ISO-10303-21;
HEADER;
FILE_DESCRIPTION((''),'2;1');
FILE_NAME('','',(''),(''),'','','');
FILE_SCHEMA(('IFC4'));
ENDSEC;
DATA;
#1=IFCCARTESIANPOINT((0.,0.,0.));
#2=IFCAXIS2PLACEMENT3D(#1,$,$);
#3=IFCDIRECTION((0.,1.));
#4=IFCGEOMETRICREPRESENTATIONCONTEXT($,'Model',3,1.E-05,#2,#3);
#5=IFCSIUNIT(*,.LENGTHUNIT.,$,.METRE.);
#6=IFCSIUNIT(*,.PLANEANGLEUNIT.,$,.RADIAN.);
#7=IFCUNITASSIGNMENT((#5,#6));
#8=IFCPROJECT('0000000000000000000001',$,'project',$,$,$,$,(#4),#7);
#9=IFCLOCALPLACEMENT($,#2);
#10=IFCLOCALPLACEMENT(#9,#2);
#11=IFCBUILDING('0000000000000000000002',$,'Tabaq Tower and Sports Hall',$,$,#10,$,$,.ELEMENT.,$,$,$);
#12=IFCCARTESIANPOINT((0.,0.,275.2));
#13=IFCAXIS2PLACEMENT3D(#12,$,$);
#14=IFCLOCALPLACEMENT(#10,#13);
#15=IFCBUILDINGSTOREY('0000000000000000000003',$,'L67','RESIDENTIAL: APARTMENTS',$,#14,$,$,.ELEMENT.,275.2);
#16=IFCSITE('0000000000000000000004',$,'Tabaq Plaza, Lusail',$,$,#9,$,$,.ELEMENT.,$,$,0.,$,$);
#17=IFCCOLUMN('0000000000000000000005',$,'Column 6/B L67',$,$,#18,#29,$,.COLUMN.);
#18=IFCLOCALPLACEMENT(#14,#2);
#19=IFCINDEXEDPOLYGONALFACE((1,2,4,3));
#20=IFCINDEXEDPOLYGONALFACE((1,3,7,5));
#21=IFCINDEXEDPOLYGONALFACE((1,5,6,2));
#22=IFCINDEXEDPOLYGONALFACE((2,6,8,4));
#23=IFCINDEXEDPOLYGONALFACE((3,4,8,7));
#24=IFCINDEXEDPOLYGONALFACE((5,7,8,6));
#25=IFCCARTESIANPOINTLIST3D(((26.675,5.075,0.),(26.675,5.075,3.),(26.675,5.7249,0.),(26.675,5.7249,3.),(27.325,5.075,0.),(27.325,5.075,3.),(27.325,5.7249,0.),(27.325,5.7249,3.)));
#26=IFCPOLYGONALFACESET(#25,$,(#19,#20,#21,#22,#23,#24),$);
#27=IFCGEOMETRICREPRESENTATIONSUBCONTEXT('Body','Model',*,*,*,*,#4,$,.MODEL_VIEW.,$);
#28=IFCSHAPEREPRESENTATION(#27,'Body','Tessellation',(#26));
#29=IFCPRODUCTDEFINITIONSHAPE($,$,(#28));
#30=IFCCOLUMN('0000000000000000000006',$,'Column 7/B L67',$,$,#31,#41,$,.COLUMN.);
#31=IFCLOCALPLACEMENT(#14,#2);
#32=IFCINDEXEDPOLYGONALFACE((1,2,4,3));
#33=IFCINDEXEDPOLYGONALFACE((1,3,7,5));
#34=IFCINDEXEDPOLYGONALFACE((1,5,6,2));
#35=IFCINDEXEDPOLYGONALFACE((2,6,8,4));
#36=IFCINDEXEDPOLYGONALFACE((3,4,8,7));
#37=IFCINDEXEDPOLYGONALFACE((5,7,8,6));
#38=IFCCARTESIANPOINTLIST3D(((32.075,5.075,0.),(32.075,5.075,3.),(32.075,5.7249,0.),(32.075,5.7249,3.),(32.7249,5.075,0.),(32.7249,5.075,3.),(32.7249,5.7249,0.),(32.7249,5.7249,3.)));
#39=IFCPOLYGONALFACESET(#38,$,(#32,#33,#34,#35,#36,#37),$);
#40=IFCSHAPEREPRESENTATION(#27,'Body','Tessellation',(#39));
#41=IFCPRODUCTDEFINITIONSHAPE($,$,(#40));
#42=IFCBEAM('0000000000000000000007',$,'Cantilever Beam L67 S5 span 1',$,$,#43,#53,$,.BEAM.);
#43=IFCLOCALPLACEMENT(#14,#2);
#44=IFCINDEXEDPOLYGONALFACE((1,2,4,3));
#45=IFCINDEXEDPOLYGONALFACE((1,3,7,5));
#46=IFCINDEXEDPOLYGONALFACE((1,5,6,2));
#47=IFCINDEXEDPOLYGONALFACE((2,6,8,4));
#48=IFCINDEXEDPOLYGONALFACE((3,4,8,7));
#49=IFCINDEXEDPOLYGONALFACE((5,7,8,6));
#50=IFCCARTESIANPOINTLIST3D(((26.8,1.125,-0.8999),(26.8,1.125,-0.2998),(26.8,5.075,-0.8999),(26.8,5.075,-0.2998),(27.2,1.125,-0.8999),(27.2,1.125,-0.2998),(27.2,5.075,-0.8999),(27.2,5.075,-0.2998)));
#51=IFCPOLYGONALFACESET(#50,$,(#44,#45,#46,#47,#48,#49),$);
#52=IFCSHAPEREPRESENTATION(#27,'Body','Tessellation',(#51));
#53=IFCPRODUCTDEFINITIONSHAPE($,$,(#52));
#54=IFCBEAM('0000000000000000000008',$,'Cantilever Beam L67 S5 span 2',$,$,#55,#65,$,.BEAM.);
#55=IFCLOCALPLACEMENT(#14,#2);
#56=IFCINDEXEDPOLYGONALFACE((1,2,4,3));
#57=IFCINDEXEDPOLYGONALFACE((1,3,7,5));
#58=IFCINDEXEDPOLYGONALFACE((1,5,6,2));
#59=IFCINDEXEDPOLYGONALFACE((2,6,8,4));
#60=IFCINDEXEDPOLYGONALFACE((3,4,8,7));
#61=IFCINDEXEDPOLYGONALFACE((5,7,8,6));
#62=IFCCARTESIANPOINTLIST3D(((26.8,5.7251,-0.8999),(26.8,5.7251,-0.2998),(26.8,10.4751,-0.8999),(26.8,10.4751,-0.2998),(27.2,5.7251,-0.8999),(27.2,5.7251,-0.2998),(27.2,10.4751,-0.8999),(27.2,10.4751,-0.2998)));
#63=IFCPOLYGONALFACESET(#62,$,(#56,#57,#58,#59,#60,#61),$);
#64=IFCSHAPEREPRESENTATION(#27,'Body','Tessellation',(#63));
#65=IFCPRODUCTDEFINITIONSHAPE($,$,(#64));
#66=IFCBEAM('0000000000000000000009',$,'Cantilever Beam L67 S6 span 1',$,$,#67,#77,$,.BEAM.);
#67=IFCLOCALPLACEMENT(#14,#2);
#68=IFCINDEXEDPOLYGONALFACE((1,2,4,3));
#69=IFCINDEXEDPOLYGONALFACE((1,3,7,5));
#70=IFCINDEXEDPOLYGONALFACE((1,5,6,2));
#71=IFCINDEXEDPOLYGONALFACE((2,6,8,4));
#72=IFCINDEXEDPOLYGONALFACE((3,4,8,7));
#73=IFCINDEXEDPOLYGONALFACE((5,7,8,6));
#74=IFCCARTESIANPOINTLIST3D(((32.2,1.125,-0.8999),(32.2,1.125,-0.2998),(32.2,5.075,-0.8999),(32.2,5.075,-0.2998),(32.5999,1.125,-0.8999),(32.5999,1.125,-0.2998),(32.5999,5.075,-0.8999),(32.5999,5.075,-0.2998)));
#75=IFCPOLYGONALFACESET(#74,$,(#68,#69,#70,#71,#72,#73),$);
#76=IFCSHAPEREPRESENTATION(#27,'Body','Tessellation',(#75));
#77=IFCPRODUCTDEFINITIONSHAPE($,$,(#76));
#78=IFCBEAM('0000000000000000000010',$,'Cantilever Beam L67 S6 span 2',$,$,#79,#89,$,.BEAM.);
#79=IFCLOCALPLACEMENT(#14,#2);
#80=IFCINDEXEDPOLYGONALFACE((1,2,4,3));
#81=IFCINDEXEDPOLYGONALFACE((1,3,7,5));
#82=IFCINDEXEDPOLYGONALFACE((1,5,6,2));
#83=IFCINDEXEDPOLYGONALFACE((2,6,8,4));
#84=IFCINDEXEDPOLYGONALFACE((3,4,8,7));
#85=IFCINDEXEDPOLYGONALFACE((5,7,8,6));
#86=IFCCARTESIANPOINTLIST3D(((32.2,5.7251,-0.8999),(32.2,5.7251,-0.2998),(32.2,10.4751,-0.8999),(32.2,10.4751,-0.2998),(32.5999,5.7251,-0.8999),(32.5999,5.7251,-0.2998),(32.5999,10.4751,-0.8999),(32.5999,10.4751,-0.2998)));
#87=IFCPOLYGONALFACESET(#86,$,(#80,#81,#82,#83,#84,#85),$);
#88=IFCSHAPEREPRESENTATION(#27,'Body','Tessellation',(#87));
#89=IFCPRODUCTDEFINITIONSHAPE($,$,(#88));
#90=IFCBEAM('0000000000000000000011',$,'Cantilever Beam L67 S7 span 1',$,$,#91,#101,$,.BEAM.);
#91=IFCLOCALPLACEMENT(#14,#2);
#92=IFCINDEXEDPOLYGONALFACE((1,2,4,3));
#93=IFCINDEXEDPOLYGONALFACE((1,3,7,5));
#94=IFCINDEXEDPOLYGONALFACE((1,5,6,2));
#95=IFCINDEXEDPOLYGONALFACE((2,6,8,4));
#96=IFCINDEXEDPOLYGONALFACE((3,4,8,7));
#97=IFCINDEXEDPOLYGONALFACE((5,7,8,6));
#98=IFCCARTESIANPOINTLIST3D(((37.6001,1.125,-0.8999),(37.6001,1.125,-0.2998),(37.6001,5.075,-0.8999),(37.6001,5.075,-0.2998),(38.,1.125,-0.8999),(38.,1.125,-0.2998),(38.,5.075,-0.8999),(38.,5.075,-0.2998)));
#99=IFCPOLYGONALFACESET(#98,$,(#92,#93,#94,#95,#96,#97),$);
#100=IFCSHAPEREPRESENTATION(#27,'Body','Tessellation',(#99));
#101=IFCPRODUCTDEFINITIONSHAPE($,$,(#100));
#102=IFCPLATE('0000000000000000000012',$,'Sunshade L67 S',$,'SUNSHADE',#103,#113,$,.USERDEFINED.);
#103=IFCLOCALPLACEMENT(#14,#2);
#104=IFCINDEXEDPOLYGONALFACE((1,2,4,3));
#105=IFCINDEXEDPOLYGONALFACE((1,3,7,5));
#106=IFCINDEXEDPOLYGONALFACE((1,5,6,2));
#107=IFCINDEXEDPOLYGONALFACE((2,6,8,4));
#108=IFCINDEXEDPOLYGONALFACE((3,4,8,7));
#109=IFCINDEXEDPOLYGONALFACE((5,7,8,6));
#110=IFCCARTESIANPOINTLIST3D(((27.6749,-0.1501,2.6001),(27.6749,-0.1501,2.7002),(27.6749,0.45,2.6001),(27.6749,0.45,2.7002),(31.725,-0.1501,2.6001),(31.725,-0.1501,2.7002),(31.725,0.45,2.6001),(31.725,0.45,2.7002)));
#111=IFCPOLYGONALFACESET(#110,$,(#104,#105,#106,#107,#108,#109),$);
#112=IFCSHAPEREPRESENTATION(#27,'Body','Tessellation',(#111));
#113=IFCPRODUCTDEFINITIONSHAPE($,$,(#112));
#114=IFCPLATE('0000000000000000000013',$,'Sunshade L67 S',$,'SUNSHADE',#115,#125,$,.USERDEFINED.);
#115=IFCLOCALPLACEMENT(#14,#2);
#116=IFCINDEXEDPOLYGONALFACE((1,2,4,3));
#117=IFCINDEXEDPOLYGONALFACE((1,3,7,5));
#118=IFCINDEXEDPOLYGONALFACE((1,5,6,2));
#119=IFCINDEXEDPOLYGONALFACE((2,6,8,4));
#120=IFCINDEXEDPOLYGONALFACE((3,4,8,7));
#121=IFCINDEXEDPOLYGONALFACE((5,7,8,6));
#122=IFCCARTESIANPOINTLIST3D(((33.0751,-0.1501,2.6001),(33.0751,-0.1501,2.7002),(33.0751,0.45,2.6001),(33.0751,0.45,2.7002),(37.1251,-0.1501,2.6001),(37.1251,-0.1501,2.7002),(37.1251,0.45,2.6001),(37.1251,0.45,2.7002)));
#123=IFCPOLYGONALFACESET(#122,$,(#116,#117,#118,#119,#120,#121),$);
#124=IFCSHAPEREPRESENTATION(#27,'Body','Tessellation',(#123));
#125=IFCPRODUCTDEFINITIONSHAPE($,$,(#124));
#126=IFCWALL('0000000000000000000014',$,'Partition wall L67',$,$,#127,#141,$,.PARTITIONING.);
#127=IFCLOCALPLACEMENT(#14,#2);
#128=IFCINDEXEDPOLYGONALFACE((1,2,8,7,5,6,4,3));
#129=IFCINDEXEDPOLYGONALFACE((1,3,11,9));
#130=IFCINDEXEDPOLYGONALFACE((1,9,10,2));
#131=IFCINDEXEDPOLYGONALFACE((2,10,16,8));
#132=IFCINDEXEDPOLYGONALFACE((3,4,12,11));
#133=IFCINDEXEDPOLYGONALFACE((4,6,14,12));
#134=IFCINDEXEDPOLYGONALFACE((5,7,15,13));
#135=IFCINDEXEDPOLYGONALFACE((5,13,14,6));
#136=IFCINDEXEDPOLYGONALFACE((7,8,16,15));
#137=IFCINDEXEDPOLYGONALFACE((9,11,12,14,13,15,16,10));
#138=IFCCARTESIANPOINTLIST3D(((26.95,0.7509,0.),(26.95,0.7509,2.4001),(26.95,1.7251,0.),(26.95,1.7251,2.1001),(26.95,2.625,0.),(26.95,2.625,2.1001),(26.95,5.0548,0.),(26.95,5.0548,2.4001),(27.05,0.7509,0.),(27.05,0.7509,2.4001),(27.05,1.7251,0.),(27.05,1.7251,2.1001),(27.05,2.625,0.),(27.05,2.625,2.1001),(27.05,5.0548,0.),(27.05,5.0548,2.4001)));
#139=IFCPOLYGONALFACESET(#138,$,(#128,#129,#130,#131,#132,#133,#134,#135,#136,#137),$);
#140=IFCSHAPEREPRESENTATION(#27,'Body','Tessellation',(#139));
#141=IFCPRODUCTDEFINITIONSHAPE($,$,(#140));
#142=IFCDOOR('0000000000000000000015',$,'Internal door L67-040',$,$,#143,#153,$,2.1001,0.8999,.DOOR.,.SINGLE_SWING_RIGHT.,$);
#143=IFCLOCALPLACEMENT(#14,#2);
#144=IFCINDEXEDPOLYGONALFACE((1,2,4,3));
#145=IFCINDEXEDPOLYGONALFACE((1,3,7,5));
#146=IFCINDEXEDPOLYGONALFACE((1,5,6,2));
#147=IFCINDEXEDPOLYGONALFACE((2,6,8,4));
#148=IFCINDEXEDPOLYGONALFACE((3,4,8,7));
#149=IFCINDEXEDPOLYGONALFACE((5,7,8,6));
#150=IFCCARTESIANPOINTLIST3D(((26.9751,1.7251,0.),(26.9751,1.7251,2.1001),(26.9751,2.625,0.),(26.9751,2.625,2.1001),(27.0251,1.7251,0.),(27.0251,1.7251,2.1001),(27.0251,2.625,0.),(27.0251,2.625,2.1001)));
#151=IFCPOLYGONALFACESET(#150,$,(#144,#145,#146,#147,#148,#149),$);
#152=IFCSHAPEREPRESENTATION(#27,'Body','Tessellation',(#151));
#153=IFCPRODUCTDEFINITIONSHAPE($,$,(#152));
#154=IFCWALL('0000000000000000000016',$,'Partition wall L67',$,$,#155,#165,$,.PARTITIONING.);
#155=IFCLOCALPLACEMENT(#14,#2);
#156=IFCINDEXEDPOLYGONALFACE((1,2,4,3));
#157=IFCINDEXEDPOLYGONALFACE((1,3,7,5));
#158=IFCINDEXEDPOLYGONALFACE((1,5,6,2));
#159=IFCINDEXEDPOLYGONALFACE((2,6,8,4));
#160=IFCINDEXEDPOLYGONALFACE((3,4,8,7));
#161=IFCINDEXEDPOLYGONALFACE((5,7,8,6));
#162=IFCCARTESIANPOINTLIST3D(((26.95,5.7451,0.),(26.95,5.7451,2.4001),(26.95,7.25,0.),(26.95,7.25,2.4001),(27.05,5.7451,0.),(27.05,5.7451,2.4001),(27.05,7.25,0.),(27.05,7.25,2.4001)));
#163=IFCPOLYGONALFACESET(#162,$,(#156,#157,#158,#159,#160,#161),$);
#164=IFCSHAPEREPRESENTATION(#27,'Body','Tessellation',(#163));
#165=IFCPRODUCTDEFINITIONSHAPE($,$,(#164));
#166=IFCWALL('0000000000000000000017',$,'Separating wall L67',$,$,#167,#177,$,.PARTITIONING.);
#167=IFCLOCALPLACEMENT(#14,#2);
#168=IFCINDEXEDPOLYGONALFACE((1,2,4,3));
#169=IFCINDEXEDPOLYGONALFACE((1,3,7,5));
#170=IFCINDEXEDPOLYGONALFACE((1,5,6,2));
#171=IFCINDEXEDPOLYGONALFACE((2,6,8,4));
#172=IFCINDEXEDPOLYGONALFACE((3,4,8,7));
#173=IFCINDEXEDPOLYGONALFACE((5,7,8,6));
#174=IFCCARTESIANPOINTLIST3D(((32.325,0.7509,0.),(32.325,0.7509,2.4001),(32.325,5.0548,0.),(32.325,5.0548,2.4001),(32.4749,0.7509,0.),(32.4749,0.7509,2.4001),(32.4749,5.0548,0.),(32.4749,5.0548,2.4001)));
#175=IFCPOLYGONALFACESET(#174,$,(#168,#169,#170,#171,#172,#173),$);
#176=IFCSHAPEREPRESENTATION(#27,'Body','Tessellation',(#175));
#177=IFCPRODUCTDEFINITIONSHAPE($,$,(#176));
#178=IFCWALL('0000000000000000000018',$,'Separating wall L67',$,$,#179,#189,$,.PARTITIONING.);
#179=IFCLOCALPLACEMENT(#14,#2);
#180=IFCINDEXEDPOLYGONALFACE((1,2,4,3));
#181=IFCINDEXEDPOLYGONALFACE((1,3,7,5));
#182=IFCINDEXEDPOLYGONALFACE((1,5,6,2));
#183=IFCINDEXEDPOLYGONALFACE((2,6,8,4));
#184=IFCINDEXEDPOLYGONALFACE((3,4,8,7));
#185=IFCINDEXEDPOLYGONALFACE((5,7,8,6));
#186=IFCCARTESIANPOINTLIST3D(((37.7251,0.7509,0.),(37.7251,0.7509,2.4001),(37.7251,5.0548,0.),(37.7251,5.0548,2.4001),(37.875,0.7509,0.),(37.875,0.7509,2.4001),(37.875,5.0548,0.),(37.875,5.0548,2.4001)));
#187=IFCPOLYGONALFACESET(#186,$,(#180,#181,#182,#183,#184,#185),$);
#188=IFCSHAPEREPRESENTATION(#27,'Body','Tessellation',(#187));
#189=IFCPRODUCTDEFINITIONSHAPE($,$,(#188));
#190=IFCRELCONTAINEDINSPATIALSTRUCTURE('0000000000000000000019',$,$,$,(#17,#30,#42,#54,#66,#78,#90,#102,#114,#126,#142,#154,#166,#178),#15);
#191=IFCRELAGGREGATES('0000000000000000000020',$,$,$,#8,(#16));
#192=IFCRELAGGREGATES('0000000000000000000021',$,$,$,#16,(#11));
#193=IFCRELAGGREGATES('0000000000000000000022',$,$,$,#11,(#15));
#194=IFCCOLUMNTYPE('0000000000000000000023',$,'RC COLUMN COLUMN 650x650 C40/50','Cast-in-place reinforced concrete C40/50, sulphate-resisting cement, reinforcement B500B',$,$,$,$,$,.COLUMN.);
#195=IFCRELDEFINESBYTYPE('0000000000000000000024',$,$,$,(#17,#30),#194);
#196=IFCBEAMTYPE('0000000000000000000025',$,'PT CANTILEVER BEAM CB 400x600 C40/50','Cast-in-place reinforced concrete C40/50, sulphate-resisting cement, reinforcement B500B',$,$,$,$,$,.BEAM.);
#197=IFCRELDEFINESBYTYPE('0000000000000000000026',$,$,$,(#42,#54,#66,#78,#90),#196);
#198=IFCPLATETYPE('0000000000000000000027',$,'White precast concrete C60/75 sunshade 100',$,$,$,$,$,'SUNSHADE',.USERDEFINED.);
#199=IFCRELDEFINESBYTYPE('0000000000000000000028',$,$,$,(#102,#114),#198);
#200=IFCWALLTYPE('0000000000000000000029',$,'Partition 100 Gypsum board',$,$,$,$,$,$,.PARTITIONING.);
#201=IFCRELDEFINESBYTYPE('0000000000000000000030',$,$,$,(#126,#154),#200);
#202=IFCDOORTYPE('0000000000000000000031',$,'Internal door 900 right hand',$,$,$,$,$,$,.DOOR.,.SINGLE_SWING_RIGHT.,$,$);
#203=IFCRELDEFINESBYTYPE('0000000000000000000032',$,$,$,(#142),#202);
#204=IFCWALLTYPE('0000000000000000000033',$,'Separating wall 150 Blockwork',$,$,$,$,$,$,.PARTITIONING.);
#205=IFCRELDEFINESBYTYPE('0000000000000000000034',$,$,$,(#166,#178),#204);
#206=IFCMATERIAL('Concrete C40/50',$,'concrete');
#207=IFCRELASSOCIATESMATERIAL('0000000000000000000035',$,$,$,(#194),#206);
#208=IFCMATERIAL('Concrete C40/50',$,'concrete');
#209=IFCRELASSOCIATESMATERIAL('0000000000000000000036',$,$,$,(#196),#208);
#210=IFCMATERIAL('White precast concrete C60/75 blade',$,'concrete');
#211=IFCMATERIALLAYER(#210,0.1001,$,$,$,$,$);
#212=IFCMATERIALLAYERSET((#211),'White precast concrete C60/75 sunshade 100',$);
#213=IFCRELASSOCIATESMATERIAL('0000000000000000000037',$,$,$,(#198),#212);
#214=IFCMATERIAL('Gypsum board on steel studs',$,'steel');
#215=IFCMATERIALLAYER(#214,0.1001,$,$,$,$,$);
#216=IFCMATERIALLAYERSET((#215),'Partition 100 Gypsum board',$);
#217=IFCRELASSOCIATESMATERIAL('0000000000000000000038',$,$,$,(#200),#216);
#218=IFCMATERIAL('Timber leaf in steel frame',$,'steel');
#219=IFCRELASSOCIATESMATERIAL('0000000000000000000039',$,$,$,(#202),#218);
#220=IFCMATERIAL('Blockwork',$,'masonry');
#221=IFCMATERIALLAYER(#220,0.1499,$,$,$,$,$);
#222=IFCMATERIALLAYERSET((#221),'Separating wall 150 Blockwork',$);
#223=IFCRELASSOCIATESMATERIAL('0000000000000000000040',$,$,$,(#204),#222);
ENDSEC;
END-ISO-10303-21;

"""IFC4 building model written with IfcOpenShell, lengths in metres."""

from ifc_helpers import new_model, si_unit, direction, frame, frame_2d, origin, origin_2d, place, context, subcontext, project, spatial, rectangle, extrude, material, layer, layer_set, material_profile, profile_set, type_object, element, fill, save


model = new_model("IFC4")

# Units and contexts
model_context = context("Model", 3, precision=1e-05, world=origin(), true_north=direction((0.0, 1.0)))
body_context = subcontext(model_context, "Body", "Model", "MODEL_VIEW")
ifc_project = project(units=[si_unit("LENGTHUNIT", "METRE"), si_unit("PLANEANGLEUNIT", "RADIAN")], contexts=[model_context])

# Site, building, storey
site_placement = place(None, origin())
site = spatial("IfcSite", under=ifc_project, at=site_placement, Name="Tabaq Plaza, Lusail", CompositionType="ELEMENT", RefElevation=0.0)
building_placement = place(site_placement, origin())
building = spatial("IfcBuilding", under=site, at=building_placement, Name="Tabaq Tower and Sports Hall", CompositionType="ELEMENT")
storey_placement = place(building_placement, frame((0.0, 0.0, 275.2)))
storey = spatial("IfcBuildingStorey", under=building, at=storey_placement, Name="L67", Description="RESIDENTIAL: APARTMENTS", CompositionType="ELEMENT", Elevation=275.2)

# Columns
ifc_material_1 = material(Name="Concrete C40/50", Category="concrete")
ifc_material_profile_1 = material_profile(ifc_material_1, rectangle(XDim=0.6499, YDim=0.6499, at=origin_2d()), Name="COLUMN 650x650")
ifc_profile_set_1 = profile_set([ifc_material_profile_1], Name="Concrete C40/50")
column_type = type_object("IfcColumnType", Name="RC COLUMN COLUMN 650x650 C40/50", Description="Cast-in-place reinforced concrete C40/50, sulphate-resisting cement, reinforcement B500B", PredefinedType="COLUMN", material=ifc_profile_set_1)
for number, where, z_axis, x_axis, name in (
    (1, (27.0, 5.3999, 0.0), (0.0, 0.0, 1.0), (1.0, 0.0, 0.0), "Column 6/B L67"),
    (2, (32.3999, 5.3999, 0.0), (0.0, 0.0, 1.0), (1.0, 0.0, 0.0), "Column 7/B L67"),
):
    element("IfcColumn", number, at=place(storey_placement, frame(where, z_axis=z_axis, x_axis=x_axis)), inside=storey, type_object=column_type, Name=name, PredefinedType="COLUMN", context=body_context, shape_type="SweptSolid", body=[
        extrude(rectangle(XDim=0.6499, YDim=0.6499, at=origin_2d()), origin(), (0.0, 0.0, 1.0), 3.0),
    ])

# Beams
ifc_material_2 = material(Name="Concrete C40/50", Category="concrete")
ifc_material_profile_2 = material_profile(ifc_material_2, rectangle(XDim=0.3999, YDim=0.6001, at=origin_2d()), Name="CB 400x600")
ifc_profile_set_2 = profile_set([ifc_material_profile_2], Name="Concrete C40/50")
beam_type = type_object("IfcBeamType", Name="PT CANTILEVER BEAM CB 400x600 C40/50", Description="Cast-in-place reinforced concrete C40/50, sulphate-resisting cement, reinforcement B500B", PredefinedType="BEAM", material=ifc_profile_set_2)
beam_1_placement = place(storey_placement, frame((27.0, 1.125, -0.5999), z_axis=(0.0, 1.0, 0.0), x_axis=(-1.0, 0.0, 0.0)))
element("IfcBeam", 3, at=beam_1_placement, inside=storey, type_object=beam_type, Name="Cantilever Beam L67 S5 span 1", PredefinedType="BEAM", context=body_context, shape_type="SweptSolid", body=[
    extrude(rectangle(XDim=0.3999, YDim=0.6001, at=origin_2d()), origin(), (0.0, 0.0, 1.0), 3.95),
])
beam_2_placement = place(storey_placement, frame((27.0, 5.7251, -0.5999), z_axis=(0.0, 1.0, 0.0), x_axis=(-1.0, 0.0, 0.0)))
element("IfcBeam", 4, at=beam_2_placement, inside=storey, type_object=beam_type, Name="Cantilever Beam L67 S5 span 2", PredefinedType="BEAM", context=body_context, shape_type="SweptSolid", body=[
    extrude(rectangle(XDim=0.3999, YDim=0.6001, at=origin_2d()), origin(), (0.0, 0.0, 1.0), 4.75),
])
beam_3_placement = place(storey_placement, frame((32.3999, 1.125, -0.5999), z_axis=(0.0, 1.0, 0.0), x_axis=(-1.0, 0.0, 0.0)))
element("IfcBeam", 5, at=beam_3_placement, inside=storey, type_object=beam_type, Name="Cantilever Beam L67 S6 span 1", PredefinedType="BEAM", context=body_context, shape_type="SweptSolid", body=[
    extrude(rectangle(XDim=0.3999, YDim=0.6001, at=origin_2d()), origin(), (0.0, 0.0, 1.0), 3.95),
])
beam_4_placement = place(storey_placement, frame((32.3999, 5.7251, -0.5999), z_axis=(0.0, 1.0, 0.0), x_axis=(-1.0, 0.0, 0.0)))
element("IfcBeam", 6, at=beam_4_placement, inside=storey, type_object=beam_type, Name="Cantilever Beam L67 S6 span 2", PredefinedType="BEAM", context=body_context, shape_type="SweptSolid", body=[
    extrude(rectangle(XDim=0.3999, YDim=0.6001, at=origin_2d()), origin(), (0.0, 0.0, 1.0), 4.75),
])
beam_5_placement = place(storey_placement, frame((37.8, 1.125, -0.5999), z_axis=(0.0, 1.0, 0.0), x_axis=(-1.0, 0.0, 0.0)))
element("IfcBeam", 7, at=beam_5_placement, inside=storey, type_object=beam_type, Name="Cantilever Beam L67 S7 span 1", PredefinedType="BEAM", context=body_context, shape_type="SweptSolid", body=[
    extrude(rectangle(XDim=0.3999, YDim=0.6001, at=origin_2d()), origin(), (0.0, 0.0, 1.0), 3.95),
])

# Plates
ifc_material_3 = material(Name="White precast concrete C60/75 blade", Category="concrete")
ifc_layer_1 = layer(ifc_material_3, 0.1001)
ifc_layer_set_1 = layer_set([ifc_layer_1], Name="White precast concrete C60/75 sunshade 100")
plate_type = type_object("IfcPlateType", Name="White precast concrete C60/75 sunshade 100", ElementType="SUNSHADE", PredefinedType="USERDEFINED", material=ifc_layer_set_1)
for number, where, z_axis, x_axis, name in (
    (8, (29.7, 0.1499, 2.6001), (0.0, 0.0, 1.0), (1.0, 0.0, 0.0), "Sunshade L67 S"),
    (9, (35.1001, 0.1499, 2.6001), (0.0, 0.0, 1.0), (1.0, 0.0, 0.0), "Sunshade L67 S"),
):
    element("IfcPlate", number, at=place(storey_placement, frame(where, z_axis=z_axis, x_axis=x_axis)), inside=storey, type_object=plate_type, Name=name, ObjectType="SUNSHADE", PredefinedType="USERDEFINED", context=body_context, shape_type="SweptSolid", body=[
        extrude(rectangle(XDim=4.05, YDim=0.6001, at=origin_2d()), origin(), (0.0, 0.0, 1.0), 0.1001),
    ])

# Wall, opening, door
ifc_material_4 = material(Name="Gypsum board on steel studs", Category="steel")
ifc_layer_2 = layer(ifc_material_4, 0.1001)
ifc_layer_set_2 = layer_set([ifc_layer_2], Name="Partition 100 Gypsum board")
wall_type_1 = type_object("IfcWallType", Name="Partition 100 Gypsum board", PredefinedType="PARTITIONING", material=ifc_layer_set_2)
wall_1_placement = place(storey_placement, frame((27.0, 0.751, 0.0), z_axis=(0.0, 0.0, 1.0), x_axis=(0.0, 1.0, 0.0)))
wall_1 = element("IfcWall", 10, at=wall_1_placement, inside=storey, type_object=wall_type_1, Name="Partition wall L67", PredefinedType="PARTITIONING", context=body_context, shape_type="SweptSolid", body=[
    extrude(rectangle(XDim=4.304, YDim=0.1001, at=frame_2d((2.1519, 0.0))), origin(), (0.0, 0.0, 1.0), 2.4001),
])
opening_placement = place(wall_1_placement, frame((0.9741, 0.0, 0.0)))
opening = element("IfcOpeningElement", 11, at=opening_placement, cuts=wall_1, PredefinedType="OPENING", context=body_context, shape_type="SweptSolid", body=[
    extrude(rectangle(XDim=0.8999, YDim=2.1001, at=frame_2d((0.45, 1.05))), frame((0.0, 0.05, 0.0), z_axis=(0.0, -1.0, 0.0), x_axis=(1.0, 0.0, 0.0)), (0.0, 0.0, 1.0), 0.1001),
])
ifc_material_5 = material(Name="Timber leaf in steel frame", Category="steel")
door_type = type_object("IfcDoorType", Name="Internal door 900 right hand", OperationType="SINGLE_SWING_RIGHT", PredefinedType="DOOR", material=ifc_material_5)
door_placement = place(opening_placement, origin())
door = element("IfcDoor", 12, at=door_placement, inside=storey, type_object=door_type, Name="Internal door L67-040", OperationType="SINGLE_SWING_RIGHT", OverallHeight=2.1001, OverallWidth=0.8999, PredefinedType="DOOR", context=body_context, shape_type="SweptSolid", body=[
    extrude(rectangle(XDim=0.8999, YDim=2.1001, at=frame_2d((0.45, 1.05))), frame((0.0, 0.0249, 0.0), z_axis=(0.0, -1.0, 0.0), x_axis=(1.0, 0.0, 0.0)), (0.0, 0.0, 1.0), 0.05),
])
fill(opening, door)

# Walls
wall_2_placement = place(storey_placement, frame((27.0, 5.7451, 0.0), z_axis=(0.0, 0.0, 1.0), x_axis=(0.0, 1.0, 0.0)))
element("IfcWall", 13, at=wall_2_placement, inside=storey, type_object=wall_type_1, Name="Partition wall L67", PredefinedType="PARTITIONING", context=body_context, shape_type="SweptSolid", body=[
    extrude(rectangle(XDim=1.5049, YDim=0.1001, at=frame_2d((0.7524, 0.0))), origin(), (0.0, 0.0, 1.0), 2.4001),
])
ifc_material_6 = material(Name="Blockwork", Category="masonry")
ifc_layer_3 = layer(ifc_material_6, 0.1499)
ifc_layer_set_3 = layer_set([ifc_layer_3], Name="Separating wall 150 Blockwork")
wall_type_2 = type_object("IfcWallType", Name="Separating wall 150 Blockwork", PredefinedType="PARTITIONING", material=ifc_layer_set_3)
for number, where, z_axis, x_axis, name in (
    (14, (32.3999, 0.751, 0.0), (0.0, 0.0, 1.0), (0.0, 1.0, 0.0), "Separating wall L67"),
    (15, (37.8, 0.751, 0.0), (0.0, 0.0, 1.0), (0.0, 1.0, 0.0), "Separating wall L67"),
):
    element("IfcWall", number, at=place(storey_placement, frame(where, z_axis=z_axis, x_axis=x_axis)), inside=storey, type_object=wall_type_2, Name=name, PredefinedType="PARTITIONING", context=body_context, shape_type="SweptSolid", body=[
        extrude(rectangle(XDim=4.304, YDim=0.1499, at=frame_2d((2.1519, 0.0))), origin(), (0.0, 0.0, 1.0), 2.4001),
    ])

save(model, "model.ifc")
